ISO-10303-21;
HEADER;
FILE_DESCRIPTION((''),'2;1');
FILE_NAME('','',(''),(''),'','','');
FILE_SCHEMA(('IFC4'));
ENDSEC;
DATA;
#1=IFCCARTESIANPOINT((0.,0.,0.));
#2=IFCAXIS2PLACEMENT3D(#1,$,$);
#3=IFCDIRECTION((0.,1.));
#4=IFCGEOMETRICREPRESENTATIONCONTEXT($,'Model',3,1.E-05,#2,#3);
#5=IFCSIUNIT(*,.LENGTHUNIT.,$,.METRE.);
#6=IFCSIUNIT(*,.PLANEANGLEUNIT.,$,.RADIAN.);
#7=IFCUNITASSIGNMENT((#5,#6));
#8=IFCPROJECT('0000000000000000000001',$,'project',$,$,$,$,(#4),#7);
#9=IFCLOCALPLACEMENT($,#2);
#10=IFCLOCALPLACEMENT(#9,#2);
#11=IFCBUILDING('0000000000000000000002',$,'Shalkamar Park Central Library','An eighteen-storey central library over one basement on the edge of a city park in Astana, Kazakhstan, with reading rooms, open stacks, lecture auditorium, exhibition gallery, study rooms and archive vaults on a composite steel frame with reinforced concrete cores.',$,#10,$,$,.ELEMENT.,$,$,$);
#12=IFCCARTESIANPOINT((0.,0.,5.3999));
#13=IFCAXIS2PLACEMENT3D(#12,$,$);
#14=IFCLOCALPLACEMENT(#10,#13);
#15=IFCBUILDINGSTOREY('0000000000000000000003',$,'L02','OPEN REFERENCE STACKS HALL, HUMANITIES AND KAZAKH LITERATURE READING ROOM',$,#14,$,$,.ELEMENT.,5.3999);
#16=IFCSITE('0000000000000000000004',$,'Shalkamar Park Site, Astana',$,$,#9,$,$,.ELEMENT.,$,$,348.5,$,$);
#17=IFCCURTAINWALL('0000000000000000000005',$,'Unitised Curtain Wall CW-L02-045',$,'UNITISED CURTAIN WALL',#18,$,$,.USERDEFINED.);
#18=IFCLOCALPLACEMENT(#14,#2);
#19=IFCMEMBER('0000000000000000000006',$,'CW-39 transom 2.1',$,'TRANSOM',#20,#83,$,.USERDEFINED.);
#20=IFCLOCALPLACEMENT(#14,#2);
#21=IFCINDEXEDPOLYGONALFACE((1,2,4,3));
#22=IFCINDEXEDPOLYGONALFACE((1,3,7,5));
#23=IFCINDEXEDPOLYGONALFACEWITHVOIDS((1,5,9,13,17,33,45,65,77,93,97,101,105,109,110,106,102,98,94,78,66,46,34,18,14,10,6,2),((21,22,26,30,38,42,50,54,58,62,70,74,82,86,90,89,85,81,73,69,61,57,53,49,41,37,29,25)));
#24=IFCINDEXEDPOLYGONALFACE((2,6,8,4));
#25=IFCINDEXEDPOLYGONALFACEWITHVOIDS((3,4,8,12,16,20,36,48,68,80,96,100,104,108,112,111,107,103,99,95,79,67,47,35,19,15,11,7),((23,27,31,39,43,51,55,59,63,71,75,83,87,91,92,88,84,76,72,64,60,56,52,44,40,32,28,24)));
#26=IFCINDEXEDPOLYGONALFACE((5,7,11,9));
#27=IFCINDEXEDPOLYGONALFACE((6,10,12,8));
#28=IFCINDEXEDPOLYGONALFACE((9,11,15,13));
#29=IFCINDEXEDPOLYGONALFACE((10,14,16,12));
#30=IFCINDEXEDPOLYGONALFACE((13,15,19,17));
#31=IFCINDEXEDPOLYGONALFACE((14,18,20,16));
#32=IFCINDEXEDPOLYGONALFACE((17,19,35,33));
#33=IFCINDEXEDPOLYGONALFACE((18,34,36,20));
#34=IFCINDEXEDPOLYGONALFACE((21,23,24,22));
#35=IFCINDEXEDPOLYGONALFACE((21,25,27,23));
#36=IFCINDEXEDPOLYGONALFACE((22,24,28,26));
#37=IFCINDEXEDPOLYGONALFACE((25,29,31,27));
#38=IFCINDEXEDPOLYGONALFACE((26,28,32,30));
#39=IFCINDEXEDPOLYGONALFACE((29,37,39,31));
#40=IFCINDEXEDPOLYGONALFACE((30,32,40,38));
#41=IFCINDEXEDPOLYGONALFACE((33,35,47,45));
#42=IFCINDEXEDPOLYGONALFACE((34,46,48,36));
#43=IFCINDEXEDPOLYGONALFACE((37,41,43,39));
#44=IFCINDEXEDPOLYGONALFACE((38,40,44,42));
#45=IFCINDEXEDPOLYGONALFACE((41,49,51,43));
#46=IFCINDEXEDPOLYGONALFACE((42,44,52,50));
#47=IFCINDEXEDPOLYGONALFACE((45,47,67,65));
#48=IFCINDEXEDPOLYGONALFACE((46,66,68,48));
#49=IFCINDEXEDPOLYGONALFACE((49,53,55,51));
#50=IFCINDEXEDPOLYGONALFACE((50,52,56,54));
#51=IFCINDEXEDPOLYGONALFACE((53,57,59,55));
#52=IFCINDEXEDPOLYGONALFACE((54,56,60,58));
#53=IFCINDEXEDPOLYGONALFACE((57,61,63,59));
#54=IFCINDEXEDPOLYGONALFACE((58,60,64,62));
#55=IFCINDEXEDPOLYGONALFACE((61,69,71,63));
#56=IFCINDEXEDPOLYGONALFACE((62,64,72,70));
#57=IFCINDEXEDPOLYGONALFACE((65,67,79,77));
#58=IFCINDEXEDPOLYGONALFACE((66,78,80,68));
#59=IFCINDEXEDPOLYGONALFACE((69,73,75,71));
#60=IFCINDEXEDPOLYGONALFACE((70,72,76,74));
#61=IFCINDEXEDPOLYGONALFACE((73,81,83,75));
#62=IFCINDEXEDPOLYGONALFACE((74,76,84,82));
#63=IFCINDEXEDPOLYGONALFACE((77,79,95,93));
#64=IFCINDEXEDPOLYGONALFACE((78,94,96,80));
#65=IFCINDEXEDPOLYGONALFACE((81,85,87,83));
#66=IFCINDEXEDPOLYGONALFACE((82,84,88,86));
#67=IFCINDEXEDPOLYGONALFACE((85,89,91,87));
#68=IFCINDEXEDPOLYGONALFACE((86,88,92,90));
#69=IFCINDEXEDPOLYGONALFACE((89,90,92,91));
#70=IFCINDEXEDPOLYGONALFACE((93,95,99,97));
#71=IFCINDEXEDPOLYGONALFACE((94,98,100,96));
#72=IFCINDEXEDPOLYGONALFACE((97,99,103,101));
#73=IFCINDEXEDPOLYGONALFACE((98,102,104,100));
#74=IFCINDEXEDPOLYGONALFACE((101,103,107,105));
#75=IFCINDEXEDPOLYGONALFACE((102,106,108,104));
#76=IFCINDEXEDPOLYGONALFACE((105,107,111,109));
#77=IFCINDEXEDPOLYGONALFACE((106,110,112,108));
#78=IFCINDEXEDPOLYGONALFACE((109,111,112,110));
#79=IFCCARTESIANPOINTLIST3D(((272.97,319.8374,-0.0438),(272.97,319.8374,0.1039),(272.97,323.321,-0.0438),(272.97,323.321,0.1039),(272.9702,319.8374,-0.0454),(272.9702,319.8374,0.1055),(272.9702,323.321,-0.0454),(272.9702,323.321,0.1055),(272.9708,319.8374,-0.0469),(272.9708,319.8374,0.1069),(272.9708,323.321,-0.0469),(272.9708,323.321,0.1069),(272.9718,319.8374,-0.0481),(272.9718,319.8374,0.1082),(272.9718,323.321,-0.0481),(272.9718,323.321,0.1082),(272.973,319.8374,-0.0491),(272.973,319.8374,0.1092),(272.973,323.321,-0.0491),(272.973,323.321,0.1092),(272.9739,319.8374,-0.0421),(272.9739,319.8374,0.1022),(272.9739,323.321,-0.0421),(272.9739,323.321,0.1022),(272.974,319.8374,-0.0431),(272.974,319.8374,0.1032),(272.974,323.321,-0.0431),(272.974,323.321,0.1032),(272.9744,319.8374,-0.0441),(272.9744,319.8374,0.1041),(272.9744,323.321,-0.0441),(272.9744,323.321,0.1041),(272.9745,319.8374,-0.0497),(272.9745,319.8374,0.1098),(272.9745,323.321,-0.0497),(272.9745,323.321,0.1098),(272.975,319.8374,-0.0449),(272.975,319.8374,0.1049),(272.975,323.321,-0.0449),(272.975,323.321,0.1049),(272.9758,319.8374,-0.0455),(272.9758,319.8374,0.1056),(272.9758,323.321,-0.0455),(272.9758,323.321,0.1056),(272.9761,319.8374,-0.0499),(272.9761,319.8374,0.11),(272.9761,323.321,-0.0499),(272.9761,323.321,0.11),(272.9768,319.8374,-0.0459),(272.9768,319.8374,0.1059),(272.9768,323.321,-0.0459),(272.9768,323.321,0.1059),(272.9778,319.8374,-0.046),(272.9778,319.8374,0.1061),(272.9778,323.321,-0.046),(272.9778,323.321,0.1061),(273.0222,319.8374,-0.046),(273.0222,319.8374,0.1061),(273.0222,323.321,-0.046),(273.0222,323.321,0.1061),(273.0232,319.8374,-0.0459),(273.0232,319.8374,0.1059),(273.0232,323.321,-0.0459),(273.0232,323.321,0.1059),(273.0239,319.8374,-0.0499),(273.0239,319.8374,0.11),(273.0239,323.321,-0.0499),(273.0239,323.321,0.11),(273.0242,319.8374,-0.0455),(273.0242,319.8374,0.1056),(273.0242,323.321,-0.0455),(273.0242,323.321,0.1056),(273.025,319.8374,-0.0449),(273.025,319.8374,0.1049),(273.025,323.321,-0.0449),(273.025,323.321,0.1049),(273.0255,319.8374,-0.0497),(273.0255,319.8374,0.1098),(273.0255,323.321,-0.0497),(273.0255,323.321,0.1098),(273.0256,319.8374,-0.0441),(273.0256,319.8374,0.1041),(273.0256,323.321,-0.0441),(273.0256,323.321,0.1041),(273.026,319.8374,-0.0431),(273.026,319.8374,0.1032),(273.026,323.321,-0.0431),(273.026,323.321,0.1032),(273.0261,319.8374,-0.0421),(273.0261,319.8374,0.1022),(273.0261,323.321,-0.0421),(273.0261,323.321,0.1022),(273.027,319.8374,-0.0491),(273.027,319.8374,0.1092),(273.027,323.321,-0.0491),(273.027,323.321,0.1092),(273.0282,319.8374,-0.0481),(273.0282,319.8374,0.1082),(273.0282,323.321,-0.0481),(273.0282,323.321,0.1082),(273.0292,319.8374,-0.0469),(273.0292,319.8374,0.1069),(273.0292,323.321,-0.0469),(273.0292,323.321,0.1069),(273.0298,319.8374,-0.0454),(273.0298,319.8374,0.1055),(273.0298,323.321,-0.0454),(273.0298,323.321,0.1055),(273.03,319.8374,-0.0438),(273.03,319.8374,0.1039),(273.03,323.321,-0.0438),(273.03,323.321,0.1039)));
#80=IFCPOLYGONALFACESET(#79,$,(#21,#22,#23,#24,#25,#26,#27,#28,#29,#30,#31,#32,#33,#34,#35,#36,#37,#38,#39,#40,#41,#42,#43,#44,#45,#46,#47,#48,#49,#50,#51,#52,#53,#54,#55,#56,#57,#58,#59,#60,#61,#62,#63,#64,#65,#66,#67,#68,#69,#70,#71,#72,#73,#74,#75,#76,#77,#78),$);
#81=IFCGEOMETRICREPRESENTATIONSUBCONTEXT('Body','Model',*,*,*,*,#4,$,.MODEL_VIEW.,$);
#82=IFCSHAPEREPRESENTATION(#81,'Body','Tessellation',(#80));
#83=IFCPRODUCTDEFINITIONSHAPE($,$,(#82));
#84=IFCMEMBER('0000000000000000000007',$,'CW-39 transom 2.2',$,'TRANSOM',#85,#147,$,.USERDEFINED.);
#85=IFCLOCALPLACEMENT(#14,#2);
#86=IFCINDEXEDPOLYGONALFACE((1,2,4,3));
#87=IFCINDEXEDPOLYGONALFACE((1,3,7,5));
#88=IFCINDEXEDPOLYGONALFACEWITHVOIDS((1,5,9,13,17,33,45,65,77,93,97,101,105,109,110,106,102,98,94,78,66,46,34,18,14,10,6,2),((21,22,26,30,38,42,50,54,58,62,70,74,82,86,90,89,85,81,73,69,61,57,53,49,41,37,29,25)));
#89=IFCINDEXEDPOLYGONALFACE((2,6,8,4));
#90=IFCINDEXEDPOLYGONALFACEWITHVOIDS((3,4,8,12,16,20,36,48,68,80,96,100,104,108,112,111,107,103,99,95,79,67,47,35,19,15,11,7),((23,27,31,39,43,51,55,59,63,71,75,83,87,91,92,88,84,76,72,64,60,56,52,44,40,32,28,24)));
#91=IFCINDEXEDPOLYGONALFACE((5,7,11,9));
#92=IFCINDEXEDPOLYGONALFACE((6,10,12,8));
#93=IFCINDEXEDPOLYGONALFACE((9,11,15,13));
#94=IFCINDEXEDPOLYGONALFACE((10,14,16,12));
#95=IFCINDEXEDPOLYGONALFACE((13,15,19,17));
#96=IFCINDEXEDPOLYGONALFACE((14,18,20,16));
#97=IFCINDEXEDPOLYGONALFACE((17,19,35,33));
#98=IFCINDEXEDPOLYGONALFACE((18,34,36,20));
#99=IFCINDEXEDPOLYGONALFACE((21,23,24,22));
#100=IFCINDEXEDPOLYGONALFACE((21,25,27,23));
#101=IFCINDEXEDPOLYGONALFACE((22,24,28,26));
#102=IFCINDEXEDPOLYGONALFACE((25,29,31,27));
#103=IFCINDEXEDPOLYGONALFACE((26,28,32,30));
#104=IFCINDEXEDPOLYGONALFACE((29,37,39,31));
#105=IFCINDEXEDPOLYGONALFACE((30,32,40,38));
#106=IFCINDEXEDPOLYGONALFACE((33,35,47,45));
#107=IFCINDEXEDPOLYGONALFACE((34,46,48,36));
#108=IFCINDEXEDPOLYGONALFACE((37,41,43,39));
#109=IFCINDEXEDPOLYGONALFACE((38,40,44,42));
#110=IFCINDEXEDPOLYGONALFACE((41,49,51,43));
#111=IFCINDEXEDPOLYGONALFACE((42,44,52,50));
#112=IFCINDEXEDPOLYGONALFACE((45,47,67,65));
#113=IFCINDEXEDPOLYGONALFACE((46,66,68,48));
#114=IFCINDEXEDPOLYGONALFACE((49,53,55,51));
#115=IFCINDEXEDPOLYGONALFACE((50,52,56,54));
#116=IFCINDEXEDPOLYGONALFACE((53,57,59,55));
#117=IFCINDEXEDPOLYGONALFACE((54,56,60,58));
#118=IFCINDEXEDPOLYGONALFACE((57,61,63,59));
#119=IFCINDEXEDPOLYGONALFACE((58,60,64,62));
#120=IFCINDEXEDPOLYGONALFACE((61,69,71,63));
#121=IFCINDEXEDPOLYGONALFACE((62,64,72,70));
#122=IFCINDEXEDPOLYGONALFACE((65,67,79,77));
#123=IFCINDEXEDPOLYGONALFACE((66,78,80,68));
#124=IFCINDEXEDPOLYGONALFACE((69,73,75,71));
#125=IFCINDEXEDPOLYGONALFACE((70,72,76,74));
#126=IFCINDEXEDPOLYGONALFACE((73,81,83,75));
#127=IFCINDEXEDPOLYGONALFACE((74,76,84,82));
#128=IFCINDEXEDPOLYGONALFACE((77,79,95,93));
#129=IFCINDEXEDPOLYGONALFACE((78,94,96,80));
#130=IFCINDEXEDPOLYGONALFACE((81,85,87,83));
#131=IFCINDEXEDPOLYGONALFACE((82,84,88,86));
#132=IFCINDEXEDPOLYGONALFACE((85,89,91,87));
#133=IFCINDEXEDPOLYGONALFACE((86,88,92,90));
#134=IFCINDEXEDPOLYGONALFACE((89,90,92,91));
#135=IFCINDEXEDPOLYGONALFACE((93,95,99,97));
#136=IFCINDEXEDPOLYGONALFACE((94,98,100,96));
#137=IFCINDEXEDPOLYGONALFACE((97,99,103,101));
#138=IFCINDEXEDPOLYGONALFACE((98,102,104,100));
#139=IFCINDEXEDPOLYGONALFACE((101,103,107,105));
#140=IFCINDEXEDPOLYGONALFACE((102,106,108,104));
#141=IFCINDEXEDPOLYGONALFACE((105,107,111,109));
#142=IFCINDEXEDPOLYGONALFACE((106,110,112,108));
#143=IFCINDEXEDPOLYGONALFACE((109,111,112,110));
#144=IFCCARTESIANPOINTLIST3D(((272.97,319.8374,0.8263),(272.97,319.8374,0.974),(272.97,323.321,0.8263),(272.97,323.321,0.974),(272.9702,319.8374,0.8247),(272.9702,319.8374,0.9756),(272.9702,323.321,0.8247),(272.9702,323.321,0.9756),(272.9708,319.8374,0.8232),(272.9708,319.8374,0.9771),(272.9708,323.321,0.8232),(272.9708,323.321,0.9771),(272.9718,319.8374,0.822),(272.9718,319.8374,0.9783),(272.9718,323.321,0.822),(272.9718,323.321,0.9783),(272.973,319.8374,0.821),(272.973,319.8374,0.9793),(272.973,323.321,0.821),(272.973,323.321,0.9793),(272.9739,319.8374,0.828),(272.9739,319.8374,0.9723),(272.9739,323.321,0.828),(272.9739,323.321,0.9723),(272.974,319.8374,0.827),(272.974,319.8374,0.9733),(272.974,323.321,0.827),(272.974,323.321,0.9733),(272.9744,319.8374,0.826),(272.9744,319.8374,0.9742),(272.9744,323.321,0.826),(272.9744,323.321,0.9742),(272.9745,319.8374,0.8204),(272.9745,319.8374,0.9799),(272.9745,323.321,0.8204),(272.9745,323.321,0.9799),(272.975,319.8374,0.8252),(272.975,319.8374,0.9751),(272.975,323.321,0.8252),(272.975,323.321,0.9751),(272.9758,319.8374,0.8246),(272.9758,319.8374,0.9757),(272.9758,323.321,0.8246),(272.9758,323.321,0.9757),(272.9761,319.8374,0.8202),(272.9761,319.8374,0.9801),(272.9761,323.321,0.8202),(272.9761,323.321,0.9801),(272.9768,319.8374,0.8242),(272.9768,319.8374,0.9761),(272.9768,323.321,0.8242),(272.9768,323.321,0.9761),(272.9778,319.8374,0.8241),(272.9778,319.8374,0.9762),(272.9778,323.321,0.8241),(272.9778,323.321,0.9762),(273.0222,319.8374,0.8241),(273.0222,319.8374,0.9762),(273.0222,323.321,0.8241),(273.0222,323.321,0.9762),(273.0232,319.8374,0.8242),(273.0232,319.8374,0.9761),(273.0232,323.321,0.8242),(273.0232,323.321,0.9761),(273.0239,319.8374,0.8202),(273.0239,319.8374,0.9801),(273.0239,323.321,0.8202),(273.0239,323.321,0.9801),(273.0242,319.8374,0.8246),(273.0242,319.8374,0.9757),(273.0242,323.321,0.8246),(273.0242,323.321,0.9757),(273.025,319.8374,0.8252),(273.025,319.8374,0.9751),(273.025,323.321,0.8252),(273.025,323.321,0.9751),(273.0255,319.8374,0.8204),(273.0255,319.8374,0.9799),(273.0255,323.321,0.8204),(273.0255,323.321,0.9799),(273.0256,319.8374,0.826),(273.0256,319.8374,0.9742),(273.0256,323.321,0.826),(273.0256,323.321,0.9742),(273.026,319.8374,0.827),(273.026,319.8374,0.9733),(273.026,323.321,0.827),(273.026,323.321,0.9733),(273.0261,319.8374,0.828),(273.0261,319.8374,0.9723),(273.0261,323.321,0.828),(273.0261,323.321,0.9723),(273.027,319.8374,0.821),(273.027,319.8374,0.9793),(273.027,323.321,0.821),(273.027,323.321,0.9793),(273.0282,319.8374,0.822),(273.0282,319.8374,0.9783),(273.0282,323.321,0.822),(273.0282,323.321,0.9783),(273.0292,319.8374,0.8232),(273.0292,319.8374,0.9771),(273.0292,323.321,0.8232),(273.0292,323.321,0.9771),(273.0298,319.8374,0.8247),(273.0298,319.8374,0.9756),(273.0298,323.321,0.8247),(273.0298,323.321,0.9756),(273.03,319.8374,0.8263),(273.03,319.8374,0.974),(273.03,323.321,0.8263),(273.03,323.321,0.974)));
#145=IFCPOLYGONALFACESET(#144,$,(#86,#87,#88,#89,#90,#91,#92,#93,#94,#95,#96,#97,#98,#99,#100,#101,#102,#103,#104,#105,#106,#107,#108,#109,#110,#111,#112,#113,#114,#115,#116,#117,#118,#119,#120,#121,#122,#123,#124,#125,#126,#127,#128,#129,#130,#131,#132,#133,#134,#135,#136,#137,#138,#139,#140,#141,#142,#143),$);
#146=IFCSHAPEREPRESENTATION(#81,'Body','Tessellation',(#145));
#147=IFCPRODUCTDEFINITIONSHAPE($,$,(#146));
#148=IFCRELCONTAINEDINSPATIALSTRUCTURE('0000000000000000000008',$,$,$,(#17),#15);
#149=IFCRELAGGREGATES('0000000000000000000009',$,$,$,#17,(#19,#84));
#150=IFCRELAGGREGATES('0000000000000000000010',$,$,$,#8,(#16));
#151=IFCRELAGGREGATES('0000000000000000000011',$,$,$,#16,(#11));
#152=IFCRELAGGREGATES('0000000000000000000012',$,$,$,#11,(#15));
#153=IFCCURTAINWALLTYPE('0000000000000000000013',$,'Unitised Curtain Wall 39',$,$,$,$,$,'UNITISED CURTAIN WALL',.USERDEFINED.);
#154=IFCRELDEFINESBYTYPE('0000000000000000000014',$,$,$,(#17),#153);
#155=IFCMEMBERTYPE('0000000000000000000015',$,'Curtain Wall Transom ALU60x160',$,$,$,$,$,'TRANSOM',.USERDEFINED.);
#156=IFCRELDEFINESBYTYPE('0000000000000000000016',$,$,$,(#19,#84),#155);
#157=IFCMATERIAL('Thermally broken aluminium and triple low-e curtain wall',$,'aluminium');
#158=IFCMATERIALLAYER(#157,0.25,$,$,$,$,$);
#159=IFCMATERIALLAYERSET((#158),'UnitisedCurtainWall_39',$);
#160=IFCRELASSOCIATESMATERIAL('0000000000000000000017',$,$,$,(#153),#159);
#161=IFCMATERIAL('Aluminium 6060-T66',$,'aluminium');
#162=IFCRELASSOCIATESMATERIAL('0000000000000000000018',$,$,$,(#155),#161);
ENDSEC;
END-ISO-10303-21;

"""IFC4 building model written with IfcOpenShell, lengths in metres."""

from ifc_helpers import new_model, si_unit, direction, frame, origin, origin_2d, place, context, subcontext, project, spatial, hollow_rectangle, extrude, material, layer, layer_set, material_profile, profile_set, type_object, element, aggregate, save


model = new_model("IFC4")

# Units and contexts
model_context = context("Model", 3, precision=1e-05, world=origin(), true_north=direction((0.0, 1.0)))
body_context = subcontext(model_context, "Body", "Model", "MODEL_VIEW")
ifc_project = project(units=[si_unit("LENGTHUNIT", "METRE"), si_unit("PLANEANGLEUNIT", "RADIAN")], contexts=[model_context])

# Site, building, storey
site_placement = place(None, origin())
site = spatial("IfcSite", under=ifc_project, at=site_placement, Name="Shalkamar Park Site, Astana", CompositionType="ELEMENT", RefElevation=348.5)
building_placement = place(site_placement, origin())
building = spatial("IfcBuilding", under=site, at=building_placement, Name="Shalkamar Park Central Library", Description="An eighteen-storey central library over one basement on the edge of a city park in Astana, Kazakhstan, with reading rooms, open stacks, lecture auditorium, exhibition gallery, study rooms and archive vaults on a composite steel frame with reinforced concrete cores.", CompositionType="ELEMENT")
storey_placement = place(building_placement, frame((0.0, 0.0, 5.3999)))
storey = spatial("IfcBuildingStorey", under=building, at=storey_placement, Name="L02", Description="OPEN REFERENCE STACKS HALL, HUMANITIES AND KAZAKH LITERATURE READING ROOM", CompositionType="ELEMENT", Elevation=5.3999)

# Curtain wall, members
ifc_material_1 = material(Name="Thermally broken aluminium and triple low-e curtain wall", Category="aluminium")
ifc_layer_1 = layer(ifc_material_1, 0.25)
ifc_layer_set_1 = layer_set([ifc_layer_1], Name="UnitisedCurtainWall_39")
curtain_wall_type = type_object("IfcCurtainWallType", Name="Unitised Curtain Wall 39", ElementType="UNITISED CURTAIN WALL", PredefinedType="USERDEFINED", material=ifc_layer_set_1)
curtain_wall_placement = place(storey_placement, origin())
curtain_wall = element("IfcCurtainWall", 1, at=curtain_wall_placement, inside=storey, type_object=curtain_wall_type, Name="Unitised Curtain Wall CW-L02-045", ObjectType="UNITISED CURTAIN WALL", PredefinedType="USERDEFINED")
ifc_material_2 = material(Name="Aluminium 6060-T66", Category="aluminium")
ifc_material_profile_1 = material_profile(ifc_material_2, hollow_rectangle(XDim=0.0601, YDim=0.1599, WallThickness=0.0039, InnerFilletRadius=0.0039, OuterFilletRadius=0.0061, at=origin_2d()), Name="ALU 60x160x4")
ifc_profile_set_1 = profile_set([ifc_material_profile_1], Name="Aluminium 6060-T66")
member_type_1 = type_object("IfcMemberType", Name="Curtain Wall Transom ALU60x160", ElementType="TRANSOM", PredefinedType="USERDEFINED", material=ifc_profile_set_1)
member_1_placement = place(storey_placement, frame((273.0, 319.8374, 0.03), z_axis=(0.0, 1.0, 0.0), x_axis=(-1.0, 0.0, 0.0)))
member_1 = element("IfcMember", 2, at=member_1_placement, type_object=member_type_1, Name="CW-39 transom 2.1", ObjectType="TRANSOM", PredefinedType="USERDEFINED", context=body_context, shape_type="SweptSolid", body=[
    extrude(hollow_rectangle(XDim=0.0601, YDim=0.1599, WallThickness=0.0039, InnerFilletRadius=0.0039, OuterFilletRadius=0.0061, at=origin_2d()), origin(), (0.0, 0.0, 1.0), 3.4836),
])
member_2_placement = place(storey_placement, frame((273.0, 319.8374, 0.9001), z_axis=(0.0, 1.0, 0.0), x_axis=(-1.0, 0.0, 0.0)))
member_2 = element("IfcMember", 3, at=member_2_placement, type_object=member_type_1, Name="CW-39 transom 2.2", ObjectType="TRANSOM", PredefinedType="USERDEFINED", context=body_context, shape_type="SweptSolid", body=[
    extrude(hollow_rectangle(XDim=0.0601, YDim=0.1599, WallThickness=0.0039, InnerFilletRadius=0.0039, OuterFilletRadius=0.0061, at=origin_2d()), origin(), (0.0, 0.0, 1.0), 3.4836),
])

aggregate(curtain_wall, [member_1, member_2])

save(model, "model.ifc")
